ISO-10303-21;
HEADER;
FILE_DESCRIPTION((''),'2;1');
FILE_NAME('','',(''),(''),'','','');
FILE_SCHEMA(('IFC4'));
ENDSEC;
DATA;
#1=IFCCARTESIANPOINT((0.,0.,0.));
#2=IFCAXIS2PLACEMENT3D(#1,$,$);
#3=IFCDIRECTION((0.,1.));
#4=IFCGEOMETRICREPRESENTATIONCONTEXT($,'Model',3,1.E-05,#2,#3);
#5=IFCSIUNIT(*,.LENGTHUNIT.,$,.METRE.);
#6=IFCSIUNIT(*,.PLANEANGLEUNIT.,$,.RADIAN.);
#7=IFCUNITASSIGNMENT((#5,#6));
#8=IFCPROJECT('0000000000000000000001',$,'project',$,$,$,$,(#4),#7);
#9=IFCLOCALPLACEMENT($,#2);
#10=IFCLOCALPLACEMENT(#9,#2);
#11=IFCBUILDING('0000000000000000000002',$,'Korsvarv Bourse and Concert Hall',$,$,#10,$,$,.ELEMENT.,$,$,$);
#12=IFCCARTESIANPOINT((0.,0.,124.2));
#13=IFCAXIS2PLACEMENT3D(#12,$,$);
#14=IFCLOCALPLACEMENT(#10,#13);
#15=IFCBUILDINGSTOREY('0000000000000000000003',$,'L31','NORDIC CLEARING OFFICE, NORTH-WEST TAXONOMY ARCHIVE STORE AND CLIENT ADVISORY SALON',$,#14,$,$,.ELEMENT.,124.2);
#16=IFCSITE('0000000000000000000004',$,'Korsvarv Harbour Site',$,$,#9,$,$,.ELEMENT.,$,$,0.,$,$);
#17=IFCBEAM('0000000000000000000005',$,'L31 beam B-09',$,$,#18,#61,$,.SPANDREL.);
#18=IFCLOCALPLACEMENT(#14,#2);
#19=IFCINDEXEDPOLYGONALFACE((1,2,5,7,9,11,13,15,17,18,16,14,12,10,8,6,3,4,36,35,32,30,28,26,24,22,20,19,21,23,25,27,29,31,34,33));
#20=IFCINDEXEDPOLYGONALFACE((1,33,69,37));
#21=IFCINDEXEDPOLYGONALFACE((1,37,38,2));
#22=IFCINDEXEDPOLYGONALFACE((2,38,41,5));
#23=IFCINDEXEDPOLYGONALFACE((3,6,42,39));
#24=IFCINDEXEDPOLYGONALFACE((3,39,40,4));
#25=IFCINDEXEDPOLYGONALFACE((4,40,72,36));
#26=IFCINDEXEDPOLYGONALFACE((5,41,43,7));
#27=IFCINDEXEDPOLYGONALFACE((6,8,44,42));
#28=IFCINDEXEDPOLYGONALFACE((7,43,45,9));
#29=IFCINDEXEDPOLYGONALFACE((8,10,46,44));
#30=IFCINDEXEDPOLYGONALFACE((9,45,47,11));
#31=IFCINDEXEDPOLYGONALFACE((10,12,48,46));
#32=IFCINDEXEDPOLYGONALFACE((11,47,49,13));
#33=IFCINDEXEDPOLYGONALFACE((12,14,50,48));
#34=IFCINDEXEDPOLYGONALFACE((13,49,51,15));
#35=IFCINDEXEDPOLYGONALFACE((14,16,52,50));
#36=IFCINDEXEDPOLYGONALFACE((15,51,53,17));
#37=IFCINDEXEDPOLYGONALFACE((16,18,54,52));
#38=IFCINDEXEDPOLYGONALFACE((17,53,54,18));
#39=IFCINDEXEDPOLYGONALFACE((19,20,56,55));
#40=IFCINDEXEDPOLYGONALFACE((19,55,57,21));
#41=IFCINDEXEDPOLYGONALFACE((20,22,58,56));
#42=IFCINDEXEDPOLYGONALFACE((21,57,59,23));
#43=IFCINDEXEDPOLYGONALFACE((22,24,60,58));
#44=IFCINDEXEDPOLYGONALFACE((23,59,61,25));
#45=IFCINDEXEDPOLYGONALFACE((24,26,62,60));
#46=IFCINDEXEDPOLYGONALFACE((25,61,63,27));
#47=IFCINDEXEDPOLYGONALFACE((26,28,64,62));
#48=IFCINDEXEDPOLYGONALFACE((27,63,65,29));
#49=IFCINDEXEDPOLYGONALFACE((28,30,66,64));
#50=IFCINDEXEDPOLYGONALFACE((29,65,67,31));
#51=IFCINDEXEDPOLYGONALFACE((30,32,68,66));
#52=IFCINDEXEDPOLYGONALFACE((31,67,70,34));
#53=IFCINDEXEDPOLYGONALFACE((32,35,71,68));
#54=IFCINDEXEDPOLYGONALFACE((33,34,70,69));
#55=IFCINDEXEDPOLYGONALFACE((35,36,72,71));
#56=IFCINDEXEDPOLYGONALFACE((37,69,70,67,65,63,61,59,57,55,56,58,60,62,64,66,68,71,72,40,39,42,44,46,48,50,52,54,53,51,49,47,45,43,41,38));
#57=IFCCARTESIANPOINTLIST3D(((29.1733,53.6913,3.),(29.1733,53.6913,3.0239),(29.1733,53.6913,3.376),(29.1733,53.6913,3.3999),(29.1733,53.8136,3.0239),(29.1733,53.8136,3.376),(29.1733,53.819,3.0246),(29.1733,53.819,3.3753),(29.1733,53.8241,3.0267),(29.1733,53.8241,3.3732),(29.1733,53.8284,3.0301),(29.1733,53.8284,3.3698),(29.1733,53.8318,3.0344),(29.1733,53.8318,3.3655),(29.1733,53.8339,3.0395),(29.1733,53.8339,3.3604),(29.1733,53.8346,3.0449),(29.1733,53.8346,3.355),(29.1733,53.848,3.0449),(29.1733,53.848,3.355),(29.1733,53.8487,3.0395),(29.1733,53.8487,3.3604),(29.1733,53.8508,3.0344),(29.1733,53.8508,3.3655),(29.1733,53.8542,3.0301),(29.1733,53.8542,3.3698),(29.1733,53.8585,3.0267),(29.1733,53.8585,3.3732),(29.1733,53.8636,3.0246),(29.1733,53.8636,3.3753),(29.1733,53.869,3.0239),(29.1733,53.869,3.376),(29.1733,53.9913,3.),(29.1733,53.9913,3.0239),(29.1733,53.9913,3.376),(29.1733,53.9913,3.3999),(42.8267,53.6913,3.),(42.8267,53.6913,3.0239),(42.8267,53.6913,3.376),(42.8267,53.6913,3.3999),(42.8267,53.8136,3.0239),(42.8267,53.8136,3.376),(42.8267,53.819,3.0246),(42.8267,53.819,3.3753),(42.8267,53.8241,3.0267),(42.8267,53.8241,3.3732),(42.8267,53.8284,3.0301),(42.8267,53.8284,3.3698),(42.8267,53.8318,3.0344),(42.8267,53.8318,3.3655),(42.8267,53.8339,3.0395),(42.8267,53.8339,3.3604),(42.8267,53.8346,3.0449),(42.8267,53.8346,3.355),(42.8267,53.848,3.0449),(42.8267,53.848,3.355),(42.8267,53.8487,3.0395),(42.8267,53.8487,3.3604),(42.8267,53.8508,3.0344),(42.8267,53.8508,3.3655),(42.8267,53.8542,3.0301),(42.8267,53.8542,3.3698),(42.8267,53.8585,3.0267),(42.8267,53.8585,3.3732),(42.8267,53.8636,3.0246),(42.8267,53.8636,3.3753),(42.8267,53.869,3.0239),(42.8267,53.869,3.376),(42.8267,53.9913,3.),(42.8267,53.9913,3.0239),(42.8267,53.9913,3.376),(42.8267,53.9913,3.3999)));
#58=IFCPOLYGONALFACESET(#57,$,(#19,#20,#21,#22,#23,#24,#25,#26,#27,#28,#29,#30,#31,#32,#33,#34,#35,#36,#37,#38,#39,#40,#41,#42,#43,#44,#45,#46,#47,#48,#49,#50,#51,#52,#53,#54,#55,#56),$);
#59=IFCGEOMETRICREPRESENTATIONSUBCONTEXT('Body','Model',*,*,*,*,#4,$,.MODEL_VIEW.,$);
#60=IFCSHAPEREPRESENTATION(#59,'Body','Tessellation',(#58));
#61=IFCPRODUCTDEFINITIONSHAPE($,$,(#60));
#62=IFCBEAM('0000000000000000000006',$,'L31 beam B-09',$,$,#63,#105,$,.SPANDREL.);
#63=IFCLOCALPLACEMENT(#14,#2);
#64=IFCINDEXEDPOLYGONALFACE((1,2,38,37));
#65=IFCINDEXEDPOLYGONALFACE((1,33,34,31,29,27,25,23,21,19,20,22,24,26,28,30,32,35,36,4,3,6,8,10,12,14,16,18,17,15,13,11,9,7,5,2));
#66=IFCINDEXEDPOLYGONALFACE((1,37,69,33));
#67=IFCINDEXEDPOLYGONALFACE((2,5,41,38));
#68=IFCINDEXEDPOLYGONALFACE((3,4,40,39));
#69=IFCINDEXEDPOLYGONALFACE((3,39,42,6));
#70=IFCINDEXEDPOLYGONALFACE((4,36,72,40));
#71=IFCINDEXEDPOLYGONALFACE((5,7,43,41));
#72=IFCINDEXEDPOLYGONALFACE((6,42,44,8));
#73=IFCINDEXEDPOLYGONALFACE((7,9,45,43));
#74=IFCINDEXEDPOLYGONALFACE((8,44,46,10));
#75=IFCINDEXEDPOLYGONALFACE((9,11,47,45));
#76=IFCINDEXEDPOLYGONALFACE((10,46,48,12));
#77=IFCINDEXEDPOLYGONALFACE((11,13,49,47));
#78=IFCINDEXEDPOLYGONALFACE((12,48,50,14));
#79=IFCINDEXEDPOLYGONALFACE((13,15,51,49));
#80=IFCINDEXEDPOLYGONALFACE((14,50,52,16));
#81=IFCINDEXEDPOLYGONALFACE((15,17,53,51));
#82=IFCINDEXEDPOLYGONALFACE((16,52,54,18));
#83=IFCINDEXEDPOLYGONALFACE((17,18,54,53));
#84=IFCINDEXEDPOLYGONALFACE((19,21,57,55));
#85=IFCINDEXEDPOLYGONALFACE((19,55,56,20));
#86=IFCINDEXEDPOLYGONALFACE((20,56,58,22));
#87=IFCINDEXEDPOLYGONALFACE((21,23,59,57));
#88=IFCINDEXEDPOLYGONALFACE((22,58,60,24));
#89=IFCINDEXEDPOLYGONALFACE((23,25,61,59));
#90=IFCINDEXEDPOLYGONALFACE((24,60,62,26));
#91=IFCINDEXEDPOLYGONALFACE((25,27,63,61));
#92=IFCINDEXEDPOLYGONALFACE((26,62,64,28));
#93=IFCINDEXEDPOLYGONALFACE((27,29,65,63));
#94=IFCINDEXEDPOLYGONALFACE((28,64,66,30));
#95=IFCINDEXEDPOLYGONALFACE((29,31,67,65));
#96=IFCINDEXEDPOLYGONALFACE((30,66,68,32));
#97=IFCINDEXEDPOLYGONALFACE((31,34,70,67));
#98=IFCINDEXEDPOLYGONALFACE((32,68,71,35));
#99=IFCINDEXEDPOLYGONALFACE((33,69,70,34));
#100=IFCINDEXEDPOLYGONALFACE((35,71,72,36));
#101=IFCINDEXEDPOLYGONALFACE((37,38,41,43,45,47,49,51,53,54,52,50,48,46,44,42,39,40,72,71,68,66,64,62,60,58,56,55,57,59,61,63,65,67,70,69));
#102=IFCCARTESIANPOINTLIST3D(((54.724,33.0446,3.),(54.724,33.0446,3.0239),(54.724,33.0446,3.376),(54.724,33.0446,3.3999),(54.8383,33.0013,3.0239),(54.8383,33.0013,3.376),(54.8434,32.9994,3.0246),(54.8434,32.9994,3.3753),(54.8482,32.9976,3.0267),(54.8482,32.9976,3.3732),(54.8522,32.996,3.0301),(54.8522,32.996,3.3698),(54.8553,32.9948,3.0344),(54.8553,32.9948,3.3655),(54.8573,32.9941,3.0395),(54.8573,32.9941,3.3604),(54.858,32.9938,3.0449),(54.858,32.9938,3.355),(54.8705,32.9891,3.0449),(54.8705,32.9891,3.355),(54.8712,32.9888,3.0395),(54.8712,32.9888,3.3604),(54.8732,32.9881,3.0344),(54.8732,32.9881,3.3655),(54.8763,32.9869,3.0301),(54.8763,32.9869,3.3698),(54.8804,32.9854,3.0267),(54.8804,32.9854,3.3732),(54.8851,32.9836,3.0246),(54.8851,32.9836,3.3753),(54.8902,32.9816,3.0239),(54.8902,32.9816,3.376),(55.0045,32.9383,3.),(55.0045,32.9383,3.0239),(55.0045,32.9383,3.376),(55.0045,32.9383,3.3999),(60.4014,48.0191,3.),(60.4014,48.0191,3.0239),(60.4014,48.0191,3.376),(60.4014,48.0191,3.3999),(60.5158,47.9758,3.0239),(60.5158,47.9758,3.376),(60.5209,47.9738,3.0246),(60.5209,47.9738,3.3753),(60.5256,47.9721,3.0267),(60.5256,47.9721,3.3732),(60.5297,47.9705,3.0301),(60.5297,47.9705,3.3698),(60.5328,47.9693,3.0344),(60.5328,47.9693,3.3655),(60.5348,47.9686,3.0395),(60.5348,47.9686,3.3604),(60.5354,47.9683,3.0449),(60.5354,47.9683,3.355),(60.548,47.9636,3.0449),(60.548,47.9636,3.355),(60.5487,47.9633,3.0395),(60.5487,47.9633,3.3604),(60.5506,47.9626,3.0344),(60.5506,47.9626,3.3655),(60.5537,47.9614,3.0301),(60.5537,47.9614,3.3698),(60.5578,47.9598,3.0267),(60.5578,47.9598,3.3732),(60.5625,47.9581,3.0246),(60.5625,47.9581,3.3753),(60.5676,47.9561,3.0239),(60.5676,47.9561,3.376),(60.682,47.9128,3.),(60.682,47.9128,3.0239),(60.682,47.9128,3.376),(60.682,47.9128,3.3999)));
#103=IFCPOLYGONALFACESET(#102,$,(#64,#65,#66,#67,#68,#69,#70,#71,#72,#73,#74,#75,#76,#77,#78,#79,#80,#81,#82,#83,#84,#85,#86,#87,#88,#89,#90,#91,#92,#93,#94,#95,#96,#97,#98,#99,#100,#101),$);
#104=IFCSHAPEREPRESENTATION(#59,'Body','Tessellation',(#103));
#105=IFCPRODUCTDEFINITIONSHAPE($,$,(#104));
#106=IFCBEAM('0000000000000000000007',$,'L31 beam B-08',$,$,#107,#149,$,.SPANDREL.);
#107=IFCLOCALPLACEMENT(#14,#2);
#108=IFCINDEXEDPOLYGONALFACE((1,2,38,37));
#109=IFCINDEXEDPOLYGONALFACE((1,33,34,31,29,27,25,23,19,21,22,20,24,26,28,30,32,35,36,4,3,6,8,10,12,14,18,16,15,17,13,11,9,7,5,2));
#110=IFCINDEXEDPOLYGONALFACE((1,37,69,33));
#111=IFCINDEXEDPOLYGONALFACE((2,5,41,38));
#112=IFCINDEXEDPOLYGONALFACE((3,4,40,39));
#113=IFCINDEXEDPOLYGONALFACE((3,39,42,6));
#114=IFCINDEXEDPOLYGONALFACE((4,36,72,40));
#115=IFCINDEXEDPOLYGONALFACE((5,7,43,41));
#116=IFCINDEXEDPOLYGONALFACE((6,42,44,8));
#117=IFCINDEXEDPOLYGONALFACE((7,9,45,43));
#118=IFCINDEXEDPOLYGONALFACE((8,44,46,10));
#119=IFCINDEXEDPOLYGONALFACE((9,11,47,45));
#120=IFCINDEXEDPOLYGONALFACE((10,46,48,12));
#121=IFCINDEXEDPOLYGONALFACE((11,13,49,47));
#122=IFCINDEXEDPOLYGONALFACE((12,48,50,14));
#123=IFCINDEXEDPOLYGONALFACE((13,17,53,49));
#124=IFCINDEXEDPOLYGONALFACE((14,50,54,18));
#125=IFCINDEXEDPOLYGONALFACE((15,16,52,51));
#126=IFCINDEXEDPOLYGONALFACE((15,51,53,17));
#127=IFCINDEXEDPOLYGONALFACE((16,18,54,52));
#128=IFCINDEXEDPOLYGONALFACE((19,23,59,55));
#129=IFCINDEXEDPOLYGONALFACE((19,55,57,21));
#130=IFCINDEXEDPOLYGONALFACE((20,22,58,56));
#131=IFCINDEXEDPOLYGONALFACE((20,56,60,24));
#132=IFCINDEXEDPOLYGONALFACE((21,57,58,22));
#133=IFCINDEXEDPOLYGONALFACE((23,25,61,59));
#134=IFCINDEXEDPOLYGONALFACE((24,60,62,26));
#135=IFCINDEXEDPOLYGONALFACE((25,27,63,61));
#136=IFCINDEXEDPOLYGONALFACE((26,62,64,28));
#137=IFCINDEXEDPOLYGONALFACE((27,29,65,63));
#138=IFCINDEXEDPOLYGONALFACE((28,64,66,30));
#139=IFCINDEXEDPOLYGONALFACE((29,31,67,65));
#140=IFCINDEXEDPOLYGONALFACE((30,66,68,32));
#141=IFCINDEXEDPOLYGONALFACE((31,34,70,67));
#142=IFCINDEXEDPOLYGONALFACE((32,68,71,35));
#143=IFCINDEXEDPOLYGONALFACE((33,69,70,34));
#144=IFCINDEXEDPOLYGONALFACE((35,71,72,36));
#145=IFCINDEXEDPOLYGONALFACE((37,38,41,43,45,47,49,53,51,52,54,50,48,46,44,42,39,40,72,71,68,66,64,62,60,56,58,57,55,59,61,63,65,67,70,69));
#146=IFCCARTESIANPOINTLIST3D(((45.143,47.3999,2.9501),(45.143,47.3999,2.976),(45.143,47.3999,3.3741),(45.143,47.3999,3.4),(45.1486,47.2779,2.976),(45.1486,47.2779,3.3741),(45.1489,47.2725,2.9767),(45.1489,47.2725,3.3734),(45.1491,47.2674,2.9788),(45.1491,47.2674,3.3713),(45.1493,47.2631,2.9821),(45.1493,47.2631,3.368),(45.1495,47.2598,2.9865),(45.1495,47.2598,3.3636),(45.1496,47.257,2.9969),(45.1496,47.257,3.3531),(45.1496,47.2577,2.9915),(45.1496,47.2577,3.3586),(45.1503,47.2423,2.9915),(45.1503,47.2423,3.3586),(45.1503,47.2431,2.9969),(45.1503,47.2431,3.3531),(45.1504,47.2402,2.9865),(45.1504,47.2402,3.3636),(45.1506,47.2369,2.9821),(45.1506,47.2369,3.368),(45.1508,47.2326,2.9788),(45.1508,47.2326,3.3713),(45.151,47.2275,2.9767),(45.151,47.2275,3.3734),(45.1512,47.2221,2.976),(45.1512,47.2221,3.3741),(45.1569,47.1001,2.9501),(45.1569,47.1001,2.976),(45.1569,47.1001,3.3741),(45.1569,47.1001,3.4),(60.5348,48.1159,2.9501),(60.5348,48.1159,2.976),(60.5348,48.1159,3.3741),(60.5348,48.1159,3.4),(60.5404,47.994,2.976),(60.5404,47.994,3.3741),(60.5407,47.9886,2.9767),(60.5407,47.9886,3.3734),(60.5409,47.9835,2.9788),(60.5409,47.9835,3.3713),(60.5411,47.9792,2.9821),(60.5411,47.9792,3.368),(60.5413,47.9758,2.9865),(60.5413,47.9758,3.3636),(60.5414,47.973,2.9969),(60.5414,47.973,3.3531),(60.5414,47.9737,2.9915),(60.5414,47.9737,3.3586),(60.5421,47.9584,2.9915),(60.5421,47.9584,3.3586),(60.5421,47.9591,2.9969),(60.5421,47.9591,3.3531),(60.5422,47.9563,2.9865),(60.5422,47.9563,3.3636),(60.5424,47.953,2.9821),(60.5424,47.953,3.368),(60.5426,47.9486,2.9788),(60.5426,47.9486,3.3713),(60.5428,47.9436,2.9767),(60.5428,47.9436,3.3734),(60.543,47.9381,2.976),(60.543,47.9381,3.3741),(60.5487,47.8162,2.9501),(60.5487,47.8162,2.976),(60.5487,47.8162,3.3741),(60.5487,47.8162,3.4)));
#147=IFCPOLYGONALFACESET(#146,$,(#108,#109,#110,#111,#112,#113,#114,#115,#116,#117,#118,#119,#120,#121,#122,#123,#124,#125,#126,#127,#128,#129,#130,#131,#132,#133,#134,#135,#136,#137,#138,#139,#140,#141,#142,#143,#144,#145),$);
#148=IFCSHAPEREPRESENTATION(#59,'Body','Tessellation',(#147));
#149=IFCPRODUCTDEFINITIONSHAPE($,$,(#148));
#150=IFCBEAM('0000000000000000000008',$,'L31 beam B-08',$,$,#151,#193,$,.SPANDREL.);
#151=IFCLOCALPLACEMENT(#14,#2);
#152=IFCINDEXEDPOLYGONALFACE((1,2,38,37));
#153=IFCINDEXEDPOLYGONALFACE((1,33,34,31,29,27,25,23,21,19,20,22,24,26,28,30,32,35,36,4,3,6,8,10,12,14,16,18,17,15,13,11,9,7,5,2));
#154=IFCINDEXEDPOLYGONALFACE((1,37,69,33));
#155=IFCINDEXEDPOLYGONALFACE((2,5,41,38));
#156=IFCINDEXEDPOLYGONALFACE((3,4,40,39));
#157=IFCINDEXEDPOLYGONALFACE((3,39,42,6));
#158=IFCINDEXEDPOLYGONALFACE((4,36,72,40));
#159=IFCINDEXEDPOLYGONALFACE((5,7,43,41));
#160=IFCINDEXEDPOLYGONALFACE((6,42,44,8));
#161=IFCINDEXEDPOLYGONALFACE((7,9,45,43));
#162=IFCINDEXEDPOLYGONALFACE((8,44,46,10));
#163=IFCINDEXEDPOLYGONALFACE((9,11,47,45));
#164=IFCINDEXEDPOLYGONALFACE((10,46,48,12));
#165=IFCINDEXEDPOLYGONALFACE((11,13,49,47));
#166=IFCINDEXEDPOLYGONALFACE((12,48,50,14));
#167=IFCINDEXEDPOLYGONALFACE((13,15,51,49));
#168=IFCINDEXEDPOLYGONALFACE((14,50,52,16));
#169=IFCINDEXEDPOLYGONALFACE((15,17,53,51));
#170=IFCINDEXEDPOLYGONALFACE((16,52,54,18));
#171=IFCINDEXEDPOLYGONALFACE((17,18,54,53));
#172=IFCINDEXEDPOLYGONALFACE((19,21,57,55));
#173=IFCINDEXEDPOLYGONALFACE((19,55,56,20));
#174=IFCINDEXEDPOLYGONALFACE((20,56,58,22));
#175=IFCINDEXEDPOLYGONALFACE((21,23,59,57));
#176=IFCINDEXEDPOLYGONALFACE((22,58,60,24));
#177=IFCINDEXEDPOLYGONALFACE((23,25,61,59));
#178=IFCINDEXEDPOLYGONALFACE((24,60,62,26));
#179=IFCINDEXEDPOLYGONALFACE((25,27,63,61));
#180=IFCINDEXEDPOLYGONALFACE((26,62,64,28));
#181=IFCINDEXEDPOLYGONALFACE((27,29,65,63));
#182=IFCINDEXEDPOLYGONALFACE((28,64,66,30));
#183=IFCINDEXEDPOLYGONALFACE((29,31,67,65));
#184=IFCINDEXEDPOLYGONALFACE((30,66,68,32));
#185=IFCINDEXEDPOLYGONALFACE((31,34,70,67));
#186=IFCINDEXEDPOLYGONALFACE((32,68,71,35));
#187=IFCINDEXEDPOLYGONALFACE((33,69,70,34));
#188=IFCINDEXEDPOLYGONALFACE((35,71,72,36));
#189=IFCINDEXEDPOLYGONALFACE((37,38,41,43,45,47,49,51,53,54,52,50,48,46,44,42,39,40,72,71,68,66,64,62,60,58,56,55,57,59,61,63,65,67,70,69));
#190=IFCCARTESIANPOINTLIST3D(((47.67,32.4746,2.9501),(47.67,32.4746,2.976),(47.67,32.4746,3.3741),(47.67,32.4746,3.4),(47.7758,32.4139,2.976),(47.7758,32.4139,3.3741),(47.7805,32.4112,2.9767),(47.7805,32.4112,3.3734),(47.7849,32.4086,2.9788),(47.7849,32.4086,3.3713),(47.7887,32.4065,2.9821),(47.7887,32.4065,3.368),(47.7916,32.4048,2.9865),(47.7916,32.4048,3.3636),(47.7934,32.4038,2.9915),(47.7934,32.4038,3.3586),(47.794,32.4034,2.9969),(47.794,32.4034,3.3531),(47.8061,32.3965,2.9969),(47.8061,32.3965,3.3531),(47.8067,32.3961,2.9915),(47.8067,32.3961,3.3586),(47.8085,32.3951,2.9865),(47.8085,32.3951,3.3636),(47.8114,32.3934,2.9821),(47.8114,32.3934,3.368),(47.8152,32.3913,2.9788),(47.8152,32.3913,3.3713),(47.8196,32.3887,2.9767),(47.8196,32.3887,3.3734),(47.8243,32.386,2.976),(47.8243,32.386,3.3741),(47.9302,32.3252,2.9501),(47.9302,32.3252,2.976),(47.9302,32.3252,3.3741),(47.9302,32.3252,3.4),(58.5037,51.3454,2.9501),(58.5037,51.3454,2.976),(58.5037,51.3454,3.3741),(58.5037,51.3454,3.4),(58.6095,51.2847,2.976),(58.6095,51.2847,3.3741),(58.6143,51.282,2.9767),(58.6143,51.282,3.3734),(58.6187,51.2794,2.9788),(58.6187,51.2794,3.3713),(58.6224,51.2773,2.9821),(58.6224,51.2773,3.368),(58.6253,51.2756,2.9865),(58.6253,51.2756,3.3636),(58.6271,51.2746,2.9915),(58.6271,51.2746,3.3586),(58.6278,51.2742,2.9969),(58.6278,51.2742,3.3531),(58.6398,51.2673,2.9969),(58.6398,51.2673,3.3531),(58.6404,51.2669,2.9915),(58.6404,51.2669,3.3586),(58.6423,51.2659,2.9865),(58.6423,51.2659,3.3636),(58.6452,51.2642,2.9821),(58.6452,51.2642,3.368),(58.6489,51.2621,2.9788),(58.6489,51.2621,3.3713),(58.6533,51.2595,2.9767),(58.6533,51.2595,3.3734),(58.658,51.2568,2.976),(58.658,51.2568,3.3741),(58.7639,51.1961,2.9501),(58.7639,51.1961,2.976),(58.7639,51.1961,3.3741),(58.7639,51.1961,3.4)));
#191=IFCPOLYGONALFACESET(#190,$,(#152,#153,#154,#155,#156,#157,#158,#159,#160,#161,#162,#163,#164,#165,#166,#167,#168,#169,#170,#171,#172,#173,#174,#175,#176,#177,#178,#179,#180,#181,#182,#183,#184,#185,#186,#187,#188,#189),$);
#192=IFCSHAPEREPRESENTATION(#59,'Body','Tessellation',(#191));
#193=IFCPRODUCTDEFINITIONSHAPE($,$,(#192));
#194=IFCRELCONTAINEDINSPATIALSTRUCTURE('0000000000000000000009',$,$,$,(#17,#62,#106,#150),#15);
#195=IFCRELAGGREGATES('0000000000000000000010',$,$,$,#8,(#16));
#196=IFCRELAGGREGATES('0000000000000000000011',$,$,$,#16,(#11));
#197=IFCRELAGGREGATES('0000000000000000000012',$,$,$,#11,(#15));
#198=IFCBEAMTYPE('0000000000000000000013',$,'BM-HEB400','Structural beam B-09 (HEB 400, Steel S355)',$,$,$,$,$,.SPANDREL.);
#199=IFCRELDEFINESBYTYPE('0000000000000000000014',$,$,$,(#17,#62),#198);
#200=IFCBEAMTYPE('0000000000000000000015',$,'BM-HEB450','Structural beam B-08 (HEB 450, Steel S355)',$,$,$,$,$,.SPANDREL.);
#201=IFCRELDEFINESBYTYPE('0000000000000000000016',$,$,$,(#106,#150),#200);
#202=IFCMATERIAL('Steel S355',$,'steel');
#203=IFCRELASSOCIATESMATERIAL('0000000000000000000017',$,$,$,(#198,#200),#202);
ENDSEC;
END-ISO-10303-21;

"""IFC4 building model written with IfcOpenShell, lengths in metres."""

from ifc_helpers import new_model, si_unit, direction, frame, origin, origin_2d, place, context, subcontext, project, spatial, i_section, extrude, source, transform, mapped, material, material_profile, profile_set, type_object, element, save


model = new_model("IFC4")

# Units and contexts
model_context = context("Model", 3, precision=1e-05, world=origin(), true_north=direction((0.0, 1.0)))
body_context = subcontext(model_context, "Body", "Model", "MODEL_VIEW")
ifc_project = project(units=[si_unit("LENGTHUNIT", "METRE"), si_unit("PLANEANGLEUNIT", "RADIAN")], contexts=[model_context])

# Site, building, storey
site_placement = place(None, origin())
site = spatial("IfcSite", under=ifc_project, at=site_placement, Name="Korsvarv Harbour Site", CompositionType="ELEMENT", RefElevation=0.0)
building_placement = place(site_placement, origin())
building = spatial("IfcBuilding", under=site, at=building_placement, Name="Korsvarv Bourse and Concert Hall", CompositionType="ELEMENT")
storey_placement = place(building_placement, frame((0.0, 0.0, 124.2)))
storey = spatial("IfcBuildingStorey", under=building, at=storey_placement, Name="L31", Description="NORDIC CLEARING OFFICE, NORTH-WEST TAXONOMY ARCHIVE STORE AND CLIENT ADVISORY SALON", CompositionType="ELEMENT", Elevation=124.2)

# Beams
ifc_material_1 = material(Name="Steel S355", Category="steel")
ifc_material_profile_1 = material_profile(ifc_material_1, i_section(OverallWidth=0.3, OverallDepth=0.3999, WebThickness=0.0134, FlangeThickness=0.0239, FilletRadius=0.021, at=origin_2d()), Name="HEB 400")
ifc_profile_set_1 = profile_set([ifc_material_profile_1], Name="Steel S355")
beam_type_1 = type_object("IfcBeamType", Name="BM-HEB400", Description="Structural beam B-09 (HEB 400, Steel S355)", PredefinedType="SPANDREL", material=ifc_profile_set_1)
shared_shape_1 = source(origin(), body_context, "Body", "SweptSolid", [
    extrude(i_section(OverallWidth=0.3, OverallDepth=0.3999, WebThickness=0.0134, FlangeThickness=0.0239, FilletRadius=0.021, at=origin_2d()), origin(), (0.0, 0.0, 1.0), 13.6533),
])
beam_1_placement = place(storey_placement, frame((42.8267, 53.8413, 3.2), z_axis=(-1.0, 0.0, 0.0), x_axis=(0.0, -1.0, 0.0)))
element("IfcBeam", 1, at=beam_1_placement, inside=storey, type_object=beam_type_1, Name="L31 beam B-09", PredefinedType="SPANDREL", context=body_context, shape_type="MappedRepresentation", body=[
    mapped(shared_shape_1, transform((0.0, 0.0, 0.0), scale=1.0)),
])
shared_shape_2 = source(origin(), body_context, "Body", "SweptSolid", [
    extrude(i_section(OverallWidth=0.3, OverallDepth=0.3999, WebThickness=0.0134, FlangeThickness=0.0239, FilletRadius=0.021, at=origin_2d()), origin(), (0.0, 0.0, 1.0), 16.0146),
])
beam_2_placement = place(storey_placement, frame((54.8643, 32.9915, 3.2), z_axis=(0.354516, 0.93505, 0.0), x_axis=(-0.93505, 0.354516, 0.0)))
element("IfcBeam", 2, at=beam_2_placement, inside=storey, type_object=beam_type_1, Name="L31 beam B-09", PredefinedType="SPANDREL", context=body_context, shape_type="MappedRepresentation", body=[
    mapped(shared_shape_2, transform((0.0, 0.0, 0.0), scale=1.0)),
])
ifc_material_profile_2 = material_profile(ifc_material_1, i_section(OverallWidth=0.3, OverallDepth=0.45, WebThickness=0.0139, FlangeThickness=0.0259, FilletRadius=0.021, at=origin_2d()), Name="HEB 450")
ifc_profile_set_2 = profile_set([ifc_material_profile_2], Name="Steel S355")
beam_type_2 = type_object("IfcBeamType", Name="BM-HEB450", Description="Structural beam B-08 (HEB 450, Steel S355)", PredefinedType="SPANDREL", material=ifc_profile_set_2)
shared_shape_3 = source(origin(), body_context, "Body", "SweptSolid", [
    extrude(i_section(OverallWidth=0.3, OverallDepth=0.45, WebThickness=0.0139, FlangeThickness=0.0259, FilletRadius=0.021, at=origin_2d()), origin(), (0.0, 0.0, 1.0), 15.4084),
])
beam_3_placement = place(storey_placement, frame((60.5417, 47.9661, 3.175), z_axis=(-0.99892, -0.046472, 0.0), x_axis=(0.046472, -0.99892, 0.0)))
element("IfcBeam", 3, at=beam_3_placement, inside=storey, type_object=beam_type_2, Name="L31 beam B-08", PredefinedType="SPANDREL", context=body_context, shape_type="MappedRepresentation", body=[
    mapped(shared_shape_3, transform((0.0, 0.0, 0.0), scale=1.0)),
])
shared_shape_4 = source(origin(), body_context, "Body", "SweptSolid", [
    extrude(i_section(OverallWidth=0.3, OverallDepth=0.45, WebThickness=0.0139, FlangeThickness=0.0259, FilletRadius=0.021, at=origin_2d()), origin(), (0.0, 0.0, 1.0), 21.7595),
])
beam_4_placement = place(storey_placement, frame((58.6338, 51.2708, 3.175), z_axis=(-0.497884, -0.867244, 0.0), x_axis=(0.867244, -0.497884, 0.0)))
element("IfcBeam", 4, at=beam_4_placement, inside=storey, type_object=beam_type_2, Name="L31 beam B-08", PredefinedType="SPANDREL", context=body_context, shape_type="MappedRepresentation", body=[
    mapped(shared_shape_4, transform((0.0, 0.0, 0.0), scale=1.0)),
])

save(model, "model.ifc")
